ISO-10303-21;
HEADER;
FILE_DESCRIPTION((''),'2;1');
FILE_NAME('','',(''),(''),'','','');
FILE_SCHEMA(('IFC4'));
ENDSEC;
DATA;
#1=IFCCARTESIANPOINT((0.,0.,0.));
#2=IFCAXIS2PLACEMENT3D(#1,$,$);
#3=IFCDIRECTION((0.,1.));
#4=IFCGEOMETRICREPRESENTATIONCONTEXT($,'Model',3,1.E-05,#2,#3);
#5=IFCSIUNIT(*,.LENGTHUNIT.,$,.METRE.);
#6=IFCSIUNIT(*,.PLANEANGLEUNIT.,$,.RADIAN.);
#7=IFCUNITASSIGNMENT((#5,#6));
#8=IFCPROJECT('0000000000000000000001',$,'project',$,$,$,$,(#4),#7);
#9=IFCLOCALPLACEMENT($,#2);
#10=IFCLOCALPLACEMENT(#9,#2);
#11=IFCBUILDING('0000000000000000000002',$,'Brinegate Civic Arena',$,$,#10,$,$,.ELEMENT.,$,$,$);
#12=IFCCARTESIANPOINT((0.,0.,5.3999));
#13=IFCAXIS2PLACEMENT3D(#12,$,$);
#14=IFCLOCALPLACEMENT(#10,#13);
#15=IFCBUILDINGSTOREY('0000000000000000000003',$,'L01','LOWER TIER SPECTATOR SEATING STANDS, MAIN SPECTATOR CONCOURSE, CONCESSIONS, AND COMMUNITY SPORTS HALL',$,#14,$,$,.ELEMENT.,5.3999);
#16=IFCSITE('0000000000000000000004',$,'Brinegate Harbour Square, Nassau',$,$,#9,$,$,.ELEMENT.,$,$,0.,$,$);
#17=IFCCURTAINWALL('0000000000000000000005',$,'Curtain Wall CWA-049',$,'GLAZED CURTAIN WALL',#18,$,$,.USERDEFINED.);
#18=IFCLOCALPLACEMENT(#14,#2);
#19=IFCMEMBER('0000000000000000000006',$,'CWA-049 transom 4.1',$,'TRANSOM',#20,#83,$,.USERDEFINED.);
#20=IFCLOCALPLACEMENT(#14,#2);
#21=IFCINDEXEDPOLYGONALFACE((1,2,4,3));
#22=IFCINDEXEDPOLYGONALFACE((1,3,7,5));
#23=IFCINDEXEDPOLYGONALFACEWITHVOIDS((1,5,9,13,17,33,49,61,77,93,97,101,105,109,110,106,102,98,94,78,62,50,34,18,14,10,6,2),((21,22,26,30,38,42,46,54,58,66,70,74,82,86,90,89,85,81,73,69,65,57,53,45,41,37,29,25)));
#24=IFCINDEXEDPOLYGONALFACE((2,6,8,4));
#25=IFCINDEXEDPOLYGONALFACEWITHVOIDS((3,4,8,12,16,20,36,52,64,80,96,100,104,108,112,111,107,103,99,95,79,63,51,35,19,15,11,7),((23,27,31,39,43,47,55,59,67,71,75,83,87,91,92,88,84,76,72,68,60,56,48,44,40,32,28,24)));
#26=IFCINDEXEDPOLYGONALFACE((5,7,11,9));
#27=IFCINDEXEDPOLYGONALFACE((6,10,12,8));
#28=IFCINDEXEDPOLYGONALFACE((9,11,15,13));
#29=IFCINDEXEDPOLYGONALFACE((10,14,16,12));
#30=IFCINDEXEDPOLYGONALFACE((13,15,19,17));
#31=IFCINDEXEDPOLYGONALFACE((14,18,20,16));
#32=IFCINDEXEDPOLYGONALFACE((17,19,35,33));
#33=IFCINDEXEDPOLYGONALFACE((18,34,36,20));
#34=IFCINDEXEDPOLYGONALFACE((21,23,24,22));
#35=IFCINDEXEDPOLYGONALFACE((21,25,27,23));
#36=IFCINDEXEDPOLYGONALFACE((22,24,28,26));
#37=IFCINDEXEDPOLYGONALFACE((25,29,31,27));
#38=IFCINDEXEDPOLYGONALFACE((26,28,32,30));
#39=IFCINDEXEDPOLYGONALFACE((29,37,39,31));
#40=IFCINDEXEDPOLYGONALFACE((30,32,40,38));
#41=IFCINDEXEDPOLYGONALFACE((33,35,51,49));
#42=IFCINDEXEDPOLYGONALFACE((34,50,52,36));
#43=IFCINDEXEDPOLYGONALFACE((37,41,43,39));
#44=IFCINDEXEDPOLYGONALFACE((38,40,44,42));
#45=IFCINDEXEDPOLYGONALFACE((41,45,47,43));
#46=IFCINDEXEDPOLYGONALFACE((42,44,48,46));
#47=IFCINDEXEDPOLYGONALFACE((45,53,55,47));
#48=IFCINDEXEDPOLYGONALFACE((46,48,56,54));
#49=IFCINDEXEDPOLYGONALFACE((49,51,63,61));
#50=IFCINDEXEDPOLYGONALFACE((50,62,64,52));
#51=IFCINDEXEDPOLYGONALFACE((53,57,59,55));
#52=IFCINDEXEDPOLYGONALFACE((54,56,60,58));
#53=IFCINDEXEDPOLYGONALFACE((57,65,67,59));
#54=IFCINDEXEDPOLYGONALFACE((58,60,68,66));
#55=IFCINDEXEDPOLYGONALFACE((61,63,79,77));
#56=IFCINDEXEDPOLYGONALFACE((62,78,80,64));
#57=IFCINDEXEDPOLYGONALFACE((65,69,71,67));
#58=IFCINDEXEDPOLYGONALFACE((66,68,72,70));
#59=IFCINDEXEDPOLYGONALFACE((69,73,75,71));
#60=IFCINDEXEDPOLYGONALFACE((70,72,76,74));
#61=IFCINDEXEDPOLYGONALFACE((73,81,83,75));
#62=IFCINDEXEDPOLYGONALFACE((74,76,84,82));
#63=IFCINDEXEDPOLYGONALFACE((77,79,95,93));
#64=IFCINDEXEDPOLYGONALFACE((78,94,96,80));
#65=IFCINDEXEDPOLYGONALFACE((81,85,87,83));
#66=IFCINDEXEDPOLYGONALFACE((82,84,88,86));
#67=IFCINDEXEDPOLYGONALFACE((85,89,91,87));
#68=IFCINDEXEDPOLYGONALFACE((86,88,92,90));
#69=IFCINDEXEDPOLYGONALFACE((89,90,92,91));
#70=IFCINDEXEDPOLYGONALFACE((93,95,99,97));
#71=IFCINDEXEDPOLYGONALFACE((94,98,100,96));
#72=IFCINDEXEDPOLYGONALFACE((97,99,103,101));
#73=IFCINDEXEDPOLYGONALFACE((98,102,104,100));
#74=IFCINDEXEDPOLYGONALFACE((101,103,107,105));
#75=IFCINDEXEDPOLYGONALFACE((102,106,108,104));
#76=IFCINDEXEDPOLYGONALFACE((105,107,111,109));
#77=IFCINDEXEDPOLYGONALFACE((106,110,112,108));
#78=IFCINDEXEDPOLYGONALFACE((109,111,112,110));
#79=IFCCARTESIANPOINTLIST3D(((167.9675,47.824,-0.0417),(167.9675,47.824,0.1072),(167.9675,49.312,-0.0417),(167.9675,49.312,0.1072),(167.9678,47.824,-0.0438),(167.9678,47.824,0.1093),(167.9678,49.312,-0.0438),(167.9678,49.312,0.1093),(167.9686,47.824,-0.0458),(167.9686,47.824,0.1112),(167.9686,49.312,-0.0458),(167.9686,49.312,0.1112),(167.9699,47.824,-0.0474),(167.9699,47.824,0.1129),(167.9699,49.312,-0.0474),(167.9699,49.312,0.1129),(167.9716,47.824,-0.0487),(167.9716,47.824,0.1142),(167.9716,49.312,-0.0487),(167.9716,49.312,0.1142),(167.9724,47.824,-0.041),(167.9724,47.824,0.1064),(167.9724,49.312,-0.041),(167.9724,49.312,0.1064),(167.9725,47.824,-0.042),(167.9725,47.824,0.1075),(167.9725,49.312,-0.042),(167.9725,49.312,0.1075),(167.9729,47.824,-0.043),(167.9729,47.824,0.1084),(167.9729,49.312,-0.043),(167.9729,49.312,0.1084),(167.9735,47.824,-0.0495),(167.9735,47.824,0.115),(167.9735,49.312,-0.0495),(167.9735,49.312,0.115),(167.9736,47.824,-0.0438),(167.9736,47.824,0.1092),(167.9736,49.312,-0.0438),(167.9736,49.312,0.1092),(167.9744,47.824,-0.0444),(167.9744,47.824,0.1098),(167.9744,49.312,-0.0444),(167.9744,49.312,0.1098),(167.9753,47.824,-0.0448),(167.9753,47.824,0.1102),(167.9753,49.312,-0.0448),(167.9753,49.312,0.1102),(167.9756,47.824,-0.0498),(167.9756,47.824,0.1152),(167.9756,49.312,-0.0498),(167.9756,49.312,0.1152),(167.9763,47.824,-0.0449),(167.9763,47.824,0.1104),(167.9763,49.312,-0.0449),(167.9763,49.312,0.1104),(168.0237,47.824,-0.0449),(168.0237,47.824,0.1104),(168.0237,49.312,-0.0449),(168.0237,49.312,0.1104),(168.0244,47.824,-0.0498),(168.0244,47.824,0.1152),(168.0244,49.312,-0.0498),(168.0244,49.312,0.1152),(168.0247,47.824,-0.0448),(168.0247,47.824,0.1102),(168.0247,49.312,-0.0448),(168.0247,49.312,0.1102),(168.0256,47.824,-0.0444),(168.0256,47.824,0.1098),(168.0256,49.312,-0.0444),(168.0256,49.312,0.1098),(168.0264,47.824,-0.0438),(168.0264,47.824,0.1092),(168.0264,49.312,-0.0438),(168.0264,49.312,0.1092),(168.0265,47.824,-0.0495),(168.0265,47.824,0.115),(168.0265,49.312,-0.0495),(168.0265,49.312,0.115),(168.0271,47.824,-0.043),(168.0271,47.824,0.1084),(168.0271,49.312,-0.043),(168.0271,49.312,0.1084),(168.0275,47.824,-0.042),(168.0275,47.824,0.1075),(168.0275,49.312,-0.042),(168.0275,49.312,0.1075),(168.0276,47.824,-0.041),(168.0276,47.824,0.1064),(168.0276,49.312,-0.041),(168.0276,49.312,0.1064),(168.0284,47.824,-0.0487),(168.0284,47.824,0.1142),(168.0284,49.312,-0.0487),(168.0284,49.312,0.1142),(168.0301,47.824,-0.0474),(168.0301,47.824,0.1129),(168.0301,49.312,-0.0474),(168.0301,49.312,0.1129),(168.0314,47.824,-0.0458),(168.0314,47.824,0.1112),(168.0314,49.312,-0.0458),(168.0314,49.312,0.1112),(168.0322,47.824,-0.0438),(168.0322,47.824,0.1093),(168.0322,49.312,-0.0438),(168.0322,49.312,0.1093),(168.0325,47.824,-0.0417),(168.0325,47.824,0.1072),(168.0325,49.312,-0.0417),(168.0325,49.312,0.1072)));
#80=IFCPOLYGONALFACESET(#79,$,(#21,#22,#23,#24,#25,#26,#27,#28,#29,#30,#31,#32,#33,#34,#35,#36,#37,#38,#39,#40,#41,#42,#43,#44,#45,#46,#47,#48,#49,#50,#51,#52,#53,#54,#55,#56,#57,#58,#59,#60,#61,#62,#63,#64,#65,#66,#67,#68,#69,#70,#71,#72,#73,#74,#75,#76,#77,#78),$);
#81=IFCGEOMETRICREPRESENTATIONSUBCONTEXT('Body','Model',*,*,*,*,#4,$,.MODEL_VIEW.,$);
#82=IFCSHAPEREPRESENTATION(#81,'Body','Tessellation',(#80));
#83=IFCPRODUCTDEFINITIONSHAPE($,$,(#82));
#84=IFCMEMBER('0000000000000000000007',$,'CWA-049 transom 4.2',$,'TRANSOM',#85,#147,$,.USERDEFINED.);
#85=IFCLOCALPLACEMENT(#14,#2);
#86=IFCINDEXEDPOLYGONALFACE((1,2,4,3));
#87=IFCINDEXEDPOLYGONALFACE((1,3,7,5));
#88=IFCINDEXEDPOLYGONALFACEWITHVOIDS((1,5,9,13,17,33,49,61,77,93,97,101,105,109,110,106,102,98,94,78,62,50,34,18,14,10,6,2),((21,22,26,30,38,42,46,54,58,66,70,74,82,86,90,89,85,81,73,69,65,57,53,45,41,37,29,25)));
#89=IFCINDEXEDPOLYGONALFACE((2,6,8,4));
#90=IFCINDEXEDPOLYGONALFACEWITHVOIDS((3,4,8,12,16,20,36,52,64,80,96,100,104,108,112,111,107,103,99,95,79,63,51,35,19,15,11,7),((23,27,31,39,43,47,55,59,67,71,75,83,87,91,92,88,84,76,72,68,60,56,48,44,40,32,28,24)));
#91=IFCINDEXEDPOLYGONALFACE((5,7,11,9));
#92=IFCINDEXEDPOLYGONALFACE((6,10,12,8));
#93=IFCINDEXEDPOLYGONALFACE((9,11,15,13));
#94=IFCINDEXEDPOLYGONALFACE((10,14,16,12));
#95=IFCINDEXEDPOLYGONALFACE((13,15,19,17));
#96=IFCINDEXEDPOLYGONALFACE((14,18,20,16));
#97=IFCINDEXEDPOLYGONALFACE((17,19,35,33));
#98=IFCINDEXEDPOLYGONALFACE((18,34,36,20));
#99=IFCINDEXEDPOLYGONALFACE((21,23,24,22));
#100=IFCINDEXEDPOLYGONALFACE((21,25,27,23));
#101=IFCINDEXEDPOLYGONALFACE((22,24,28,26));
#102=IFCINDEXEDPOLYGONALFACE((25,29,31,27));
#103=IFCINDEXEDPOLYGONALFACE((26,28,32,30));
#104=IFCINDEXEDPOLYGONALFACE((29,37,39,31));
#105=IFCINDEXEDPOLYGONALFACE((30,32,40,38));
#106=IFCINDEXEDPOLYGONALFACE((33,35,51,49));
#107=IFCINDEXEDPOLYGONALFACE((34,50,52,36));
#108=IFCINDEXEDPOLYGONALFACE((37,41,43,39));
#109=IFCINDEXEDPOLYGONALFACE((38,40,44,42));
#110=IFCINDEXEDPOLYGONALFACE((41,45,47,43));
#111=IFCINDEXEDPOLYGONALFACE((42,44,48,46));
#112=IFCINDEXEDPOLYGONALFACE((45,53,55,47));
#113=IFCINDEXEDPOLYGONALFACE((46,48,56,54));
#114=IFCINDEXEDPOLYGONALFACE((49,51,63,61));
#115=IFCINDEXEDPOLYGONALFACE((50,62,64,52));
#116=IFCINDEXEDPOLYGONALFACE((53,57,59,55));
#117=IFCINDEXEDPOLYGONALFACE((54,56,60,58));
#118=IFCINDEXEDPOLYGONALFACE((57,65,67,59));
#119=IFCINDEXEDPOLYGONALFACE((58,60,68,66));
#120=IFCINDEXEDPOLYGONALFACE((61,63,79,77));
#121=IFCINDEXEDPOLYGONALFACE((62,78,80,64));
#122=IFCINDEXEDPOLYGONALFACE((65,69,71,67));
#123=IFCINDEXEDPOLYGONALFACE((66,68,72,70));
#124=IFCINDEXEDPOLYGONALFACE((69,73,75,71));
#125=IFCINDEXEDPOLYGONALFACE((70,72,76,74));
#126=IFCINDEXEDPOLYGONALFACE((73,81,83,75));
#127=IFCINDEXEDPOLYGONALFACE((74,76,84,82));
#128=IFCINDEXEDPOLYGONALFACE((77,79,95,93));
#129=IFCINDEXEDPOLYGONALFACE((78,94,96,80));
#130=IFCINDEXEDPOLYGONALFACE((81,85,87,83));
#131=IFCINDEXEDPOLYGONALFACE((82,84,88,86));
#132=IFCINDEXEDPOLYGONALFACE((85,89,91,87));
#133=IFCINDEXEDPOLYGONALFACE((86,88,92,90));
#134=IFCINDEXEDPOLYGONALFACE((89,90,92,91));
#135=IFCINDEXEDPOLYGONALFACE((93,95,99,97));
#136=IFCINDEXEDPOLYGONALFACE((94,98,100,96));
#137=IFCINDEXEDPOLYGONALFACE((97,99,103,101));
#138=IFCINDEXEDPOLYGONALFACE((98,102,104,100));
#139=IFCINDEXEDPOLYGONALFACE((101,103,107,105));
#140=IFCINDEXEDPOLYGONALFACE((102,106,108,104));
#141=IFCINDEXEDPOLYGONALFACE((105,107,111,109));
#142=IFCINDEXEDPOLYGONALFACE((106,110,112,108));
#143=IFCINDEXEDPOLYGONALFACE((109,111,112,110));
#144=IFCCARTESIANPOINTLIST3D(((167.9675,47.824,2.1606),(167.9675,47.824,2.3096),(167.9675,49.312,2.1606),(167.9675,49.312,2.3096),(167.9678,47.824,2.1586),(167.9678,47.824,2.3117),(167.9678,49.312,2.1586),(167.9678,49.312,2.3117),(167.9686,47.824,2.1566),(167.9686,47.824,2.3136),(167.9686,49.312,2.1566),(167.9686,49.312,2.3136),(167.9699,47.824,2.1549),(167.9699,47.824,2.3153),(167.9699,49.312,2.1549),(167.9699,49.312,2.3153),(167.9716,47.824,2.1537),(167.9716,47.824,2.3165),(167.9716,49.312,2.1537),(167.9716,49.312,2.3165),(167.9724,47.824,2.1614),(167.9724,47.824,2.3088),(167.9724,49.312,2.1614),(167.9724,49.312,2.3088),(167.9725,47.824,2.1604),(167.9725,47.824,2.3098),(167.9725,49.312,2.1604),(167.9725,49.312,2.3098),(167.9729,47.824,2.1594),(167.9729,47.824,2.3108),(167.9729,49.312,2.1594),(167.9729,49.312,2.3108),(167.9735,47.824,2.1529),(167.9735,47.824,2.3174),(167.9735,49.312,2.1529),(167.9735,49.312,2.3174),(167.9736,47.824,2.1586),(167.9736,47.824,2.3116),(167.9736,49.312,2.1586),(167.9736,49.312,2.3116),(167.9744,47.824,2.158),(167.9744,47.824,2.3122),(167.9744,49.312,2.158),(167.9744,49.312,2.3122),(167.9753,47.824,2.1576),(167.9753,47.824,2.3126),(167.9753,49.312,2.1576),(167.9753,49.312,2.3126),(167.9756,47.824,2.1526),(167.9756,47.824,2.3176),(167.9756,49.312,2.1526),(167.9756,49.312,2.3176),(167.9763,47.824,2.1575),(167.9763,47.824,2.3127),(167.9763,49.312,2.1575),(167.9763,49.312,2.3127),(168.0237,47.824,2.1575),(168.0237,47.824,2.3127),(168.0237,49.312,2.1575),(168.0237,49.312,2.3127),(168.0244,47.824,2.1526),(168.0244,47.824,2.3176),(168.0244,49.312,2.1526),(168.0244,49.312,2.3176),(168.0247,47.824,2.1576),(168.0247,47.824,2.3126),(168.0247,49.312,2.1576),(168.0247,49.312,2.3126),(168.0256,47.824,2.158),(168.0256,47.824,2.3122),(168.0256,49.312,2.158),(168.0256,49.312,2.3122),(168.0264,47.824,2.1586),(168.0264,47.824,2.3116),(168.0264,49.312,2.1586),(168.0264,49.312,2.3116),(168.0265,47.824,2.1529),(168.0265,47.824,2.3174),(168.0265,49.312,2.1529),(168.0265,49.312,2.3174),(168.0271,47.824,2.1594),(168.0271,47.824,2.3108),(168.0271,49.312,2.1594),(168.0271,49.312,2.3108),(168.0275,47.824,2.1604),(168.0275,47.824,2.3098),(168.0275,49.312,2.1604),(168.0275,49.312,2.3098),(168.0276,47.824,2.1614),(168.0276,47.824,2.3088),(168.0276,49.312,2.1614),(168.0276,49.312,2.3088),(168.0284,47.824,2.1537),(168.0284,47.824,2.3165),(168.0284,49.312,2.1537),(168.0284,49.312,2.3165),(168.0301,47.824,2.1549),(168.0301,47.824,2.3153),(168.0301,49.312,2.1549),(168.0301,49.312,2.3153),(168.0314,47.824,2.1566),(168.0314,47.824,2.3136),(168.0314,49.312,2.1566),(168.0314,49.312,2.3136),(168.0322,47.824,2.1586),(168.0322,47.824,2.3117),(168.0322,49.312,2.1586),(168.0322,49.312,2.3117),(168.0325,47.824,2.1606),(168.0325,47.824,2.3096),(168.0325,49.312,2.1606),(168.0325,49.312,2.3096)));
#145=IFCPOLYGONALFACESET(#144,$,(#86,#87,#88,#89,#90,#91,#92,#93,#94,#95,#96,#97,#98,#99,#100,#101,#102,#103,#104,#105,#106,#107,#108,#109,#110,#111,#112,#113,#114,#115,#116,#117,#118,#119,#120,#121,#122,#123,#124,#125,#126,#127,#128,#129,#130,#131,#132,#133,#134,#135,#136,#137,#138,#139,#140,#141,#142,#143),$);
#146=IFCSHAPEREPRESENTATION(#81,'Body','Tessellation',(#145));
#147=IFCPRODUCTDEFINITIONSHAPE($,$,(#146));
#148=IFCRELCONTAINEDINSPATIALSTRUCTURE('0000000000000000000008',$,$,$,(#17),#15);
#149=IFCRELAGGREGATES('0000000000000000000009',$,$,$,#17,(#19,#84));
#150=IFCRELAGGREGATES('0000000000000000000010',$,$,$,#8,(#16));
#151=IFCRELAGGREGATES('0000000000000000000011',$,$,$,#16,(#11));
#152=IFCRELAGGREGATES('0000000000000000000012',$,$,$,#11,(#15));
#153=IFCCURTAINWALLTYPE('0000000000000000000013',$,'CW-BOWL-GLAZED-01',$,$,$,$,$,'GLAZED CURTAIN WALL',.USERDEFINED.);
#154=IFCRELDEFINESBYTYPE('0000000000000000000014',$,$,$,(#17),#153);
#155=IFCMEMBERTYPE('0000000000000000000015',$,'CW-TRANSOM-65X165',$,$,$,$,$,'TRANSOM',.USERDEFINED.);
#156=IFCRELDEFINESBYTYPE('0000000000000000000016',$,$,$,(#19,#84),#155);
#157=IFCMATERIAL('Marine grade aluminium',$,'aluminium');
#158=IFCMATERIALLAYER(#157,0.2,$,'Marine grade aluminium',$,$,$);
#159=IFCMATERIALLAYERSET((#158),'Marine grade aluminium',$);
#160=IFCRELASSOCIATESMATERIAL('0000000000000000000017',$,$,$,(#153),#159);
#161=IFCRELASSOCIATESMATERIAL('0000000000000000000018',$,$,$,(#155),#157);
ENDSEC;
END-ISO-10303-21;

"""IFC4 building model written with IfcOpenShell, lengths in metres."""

from ifc_helpers import new_model, si_unit, direction, frame, origin, origin_2d, place, context, subcontext, project, spatial, hollow_rectangle, extrude, material, layer, layer_set, material_profile, profile_set, type_object, element, aggregate, save


model = new_model("IFC4")

# Units and contexts
model_context = context("Model", 3, precision=1e-05, world=origin(), true_north=direction((0.0, 1.0)))
body_context = subcontext(model_context, "Body", "Model", "MODEL_VIEW")
ifc_project = project(units=[si_unit("LENGTHUNIT", "METRE"), si_unit("PLANEANGLEUNIT", "RADIAN")], contexts=[model_context])

# Site, building, storey
site_placement = place(None, origin())
site = spatial("IfcSite", under=ifc_project, at=site_placement, Name="Brinegate Harbour Square, Nassau", CompositionType="ELEMENT", RefElevation=0.0)
building_placement = place(site_placement, origin())
building = spatial("IfcBuilding", under=site, at=building_placement, Name="Brinegate Civic Arena", CompositionType="ELEMENT")
storey_placement = place(building_placement, frame((0.0, 0.0, 5.3999)))
storey = spatial("IfcBuildingStorey", under=building, at=storey_placement, Name="L01", Description="LOWER TIER SPECTATOR SEATING STANDS, MAIN SPECTATOR CONCOURSE, CONCESSIONS, AND COMMUNITY SPORTS HALL", CompositionType="ELEMENT", Elevation=5.3999)

# Curtain wall, members
ifc_material_1 = material(Name="Marine grade aluminium", Category="aluminium")
ifc_layer_1 = layer(ifc_material_1, 0.2, Name="Marine grade aluminium")
ifc_layer_set_1 = layer_set([ifc_layer_1], Name="Marine grade aluminium")
curtain_wall_type = type_object("IfcCurtainWallType", Name="CW-BOWL-GLAZED-01", ElementType="GLAZED CURTAIN WALL", PredefinedType="USERDEFINED", material=ifc_layer_set_1)
curtain_wall_placement = place(storey_placement, origin())
curtain_wall = element("IfcCurtainWall", 1, at=curtain_wall_placement, inside=storey, type_object=curtain_wall_type, Name="Curtain Wall CWA-049", ObjectType="GLAZED CURTAIN WALL", PredefinedType="USERDEFINED")
ifc_material_profile_1 = material_profile(ifc_material_1, hollow_rectangle(XDim=0.0649, YDim=0.165, WallThickness=0.0049, InnerFilletRadius=0.0039, OuterFilletRadius=0.0081, at=origin_2d()), Name="TRN65X165")
ifc_profile_set_1 = profile_set([ifc_material_profile_1], Name="Marine grade aluminium")
member_type_1 = type_object("IfcMemberType", Name="CW-TRANSOM-65X165", ElementType="TRANSOM", PredefinedType="USERDEFINED", material=ifc_profile_set_1)
member_1_placement = place(storey_placement, frame((168.0, 47.824, 0.0327), z_axis=(0.0, 1.0, 0.0), x_axis=(-1.0, 0.0, 0.0)))
member_1 = element("IfcMember", 2, at=member_1_placement, type_object=member_type_1, Name="CWA-049 transom 4.1", ObjectType="TRANSOM", PredefinedType="USERDEFINED", context=body_context, shape_type="SweptSolid", body=[
    extrude(hollow_rectangle(XDim=0.0649, YDim=0.165, WallThickness=0.0049, InnerFilletRadius=0.0039, OuterFilletRadius=0.0081, at=origin_2d()), origin(), (0.0, 0.0, 1.0), 1.488),
])
member_2_placement = place(storey_placement, frame((168.0, 47.824, 2.2351), z_axis=(0.0, 1.0, 0.0), x_axis=(-1.0, 0.0, 0.0)))
member_2 = element("IfcMember", 3, at=member_2_placement, type_object=member_type_1, Name="CWA-049 transom 4.2", ObjectType="TRANSOM", PredefinedType="USERDEFINED", context=body_context, shape_type="SweptSolid", body=[
    extrude(hollow_rectangle(XDim=0.0649, YDim=0.165, WallThickness=0.0049, InnerFilletRadius=0.0039, OuterFilletRadius=0.0081, at=origin_2d()), origin(), (0.0, 0.0, 1.0), 1.488),
])
aggregate(curtain_wall, [member_1, member_2])

save(model, "model.ifc")
